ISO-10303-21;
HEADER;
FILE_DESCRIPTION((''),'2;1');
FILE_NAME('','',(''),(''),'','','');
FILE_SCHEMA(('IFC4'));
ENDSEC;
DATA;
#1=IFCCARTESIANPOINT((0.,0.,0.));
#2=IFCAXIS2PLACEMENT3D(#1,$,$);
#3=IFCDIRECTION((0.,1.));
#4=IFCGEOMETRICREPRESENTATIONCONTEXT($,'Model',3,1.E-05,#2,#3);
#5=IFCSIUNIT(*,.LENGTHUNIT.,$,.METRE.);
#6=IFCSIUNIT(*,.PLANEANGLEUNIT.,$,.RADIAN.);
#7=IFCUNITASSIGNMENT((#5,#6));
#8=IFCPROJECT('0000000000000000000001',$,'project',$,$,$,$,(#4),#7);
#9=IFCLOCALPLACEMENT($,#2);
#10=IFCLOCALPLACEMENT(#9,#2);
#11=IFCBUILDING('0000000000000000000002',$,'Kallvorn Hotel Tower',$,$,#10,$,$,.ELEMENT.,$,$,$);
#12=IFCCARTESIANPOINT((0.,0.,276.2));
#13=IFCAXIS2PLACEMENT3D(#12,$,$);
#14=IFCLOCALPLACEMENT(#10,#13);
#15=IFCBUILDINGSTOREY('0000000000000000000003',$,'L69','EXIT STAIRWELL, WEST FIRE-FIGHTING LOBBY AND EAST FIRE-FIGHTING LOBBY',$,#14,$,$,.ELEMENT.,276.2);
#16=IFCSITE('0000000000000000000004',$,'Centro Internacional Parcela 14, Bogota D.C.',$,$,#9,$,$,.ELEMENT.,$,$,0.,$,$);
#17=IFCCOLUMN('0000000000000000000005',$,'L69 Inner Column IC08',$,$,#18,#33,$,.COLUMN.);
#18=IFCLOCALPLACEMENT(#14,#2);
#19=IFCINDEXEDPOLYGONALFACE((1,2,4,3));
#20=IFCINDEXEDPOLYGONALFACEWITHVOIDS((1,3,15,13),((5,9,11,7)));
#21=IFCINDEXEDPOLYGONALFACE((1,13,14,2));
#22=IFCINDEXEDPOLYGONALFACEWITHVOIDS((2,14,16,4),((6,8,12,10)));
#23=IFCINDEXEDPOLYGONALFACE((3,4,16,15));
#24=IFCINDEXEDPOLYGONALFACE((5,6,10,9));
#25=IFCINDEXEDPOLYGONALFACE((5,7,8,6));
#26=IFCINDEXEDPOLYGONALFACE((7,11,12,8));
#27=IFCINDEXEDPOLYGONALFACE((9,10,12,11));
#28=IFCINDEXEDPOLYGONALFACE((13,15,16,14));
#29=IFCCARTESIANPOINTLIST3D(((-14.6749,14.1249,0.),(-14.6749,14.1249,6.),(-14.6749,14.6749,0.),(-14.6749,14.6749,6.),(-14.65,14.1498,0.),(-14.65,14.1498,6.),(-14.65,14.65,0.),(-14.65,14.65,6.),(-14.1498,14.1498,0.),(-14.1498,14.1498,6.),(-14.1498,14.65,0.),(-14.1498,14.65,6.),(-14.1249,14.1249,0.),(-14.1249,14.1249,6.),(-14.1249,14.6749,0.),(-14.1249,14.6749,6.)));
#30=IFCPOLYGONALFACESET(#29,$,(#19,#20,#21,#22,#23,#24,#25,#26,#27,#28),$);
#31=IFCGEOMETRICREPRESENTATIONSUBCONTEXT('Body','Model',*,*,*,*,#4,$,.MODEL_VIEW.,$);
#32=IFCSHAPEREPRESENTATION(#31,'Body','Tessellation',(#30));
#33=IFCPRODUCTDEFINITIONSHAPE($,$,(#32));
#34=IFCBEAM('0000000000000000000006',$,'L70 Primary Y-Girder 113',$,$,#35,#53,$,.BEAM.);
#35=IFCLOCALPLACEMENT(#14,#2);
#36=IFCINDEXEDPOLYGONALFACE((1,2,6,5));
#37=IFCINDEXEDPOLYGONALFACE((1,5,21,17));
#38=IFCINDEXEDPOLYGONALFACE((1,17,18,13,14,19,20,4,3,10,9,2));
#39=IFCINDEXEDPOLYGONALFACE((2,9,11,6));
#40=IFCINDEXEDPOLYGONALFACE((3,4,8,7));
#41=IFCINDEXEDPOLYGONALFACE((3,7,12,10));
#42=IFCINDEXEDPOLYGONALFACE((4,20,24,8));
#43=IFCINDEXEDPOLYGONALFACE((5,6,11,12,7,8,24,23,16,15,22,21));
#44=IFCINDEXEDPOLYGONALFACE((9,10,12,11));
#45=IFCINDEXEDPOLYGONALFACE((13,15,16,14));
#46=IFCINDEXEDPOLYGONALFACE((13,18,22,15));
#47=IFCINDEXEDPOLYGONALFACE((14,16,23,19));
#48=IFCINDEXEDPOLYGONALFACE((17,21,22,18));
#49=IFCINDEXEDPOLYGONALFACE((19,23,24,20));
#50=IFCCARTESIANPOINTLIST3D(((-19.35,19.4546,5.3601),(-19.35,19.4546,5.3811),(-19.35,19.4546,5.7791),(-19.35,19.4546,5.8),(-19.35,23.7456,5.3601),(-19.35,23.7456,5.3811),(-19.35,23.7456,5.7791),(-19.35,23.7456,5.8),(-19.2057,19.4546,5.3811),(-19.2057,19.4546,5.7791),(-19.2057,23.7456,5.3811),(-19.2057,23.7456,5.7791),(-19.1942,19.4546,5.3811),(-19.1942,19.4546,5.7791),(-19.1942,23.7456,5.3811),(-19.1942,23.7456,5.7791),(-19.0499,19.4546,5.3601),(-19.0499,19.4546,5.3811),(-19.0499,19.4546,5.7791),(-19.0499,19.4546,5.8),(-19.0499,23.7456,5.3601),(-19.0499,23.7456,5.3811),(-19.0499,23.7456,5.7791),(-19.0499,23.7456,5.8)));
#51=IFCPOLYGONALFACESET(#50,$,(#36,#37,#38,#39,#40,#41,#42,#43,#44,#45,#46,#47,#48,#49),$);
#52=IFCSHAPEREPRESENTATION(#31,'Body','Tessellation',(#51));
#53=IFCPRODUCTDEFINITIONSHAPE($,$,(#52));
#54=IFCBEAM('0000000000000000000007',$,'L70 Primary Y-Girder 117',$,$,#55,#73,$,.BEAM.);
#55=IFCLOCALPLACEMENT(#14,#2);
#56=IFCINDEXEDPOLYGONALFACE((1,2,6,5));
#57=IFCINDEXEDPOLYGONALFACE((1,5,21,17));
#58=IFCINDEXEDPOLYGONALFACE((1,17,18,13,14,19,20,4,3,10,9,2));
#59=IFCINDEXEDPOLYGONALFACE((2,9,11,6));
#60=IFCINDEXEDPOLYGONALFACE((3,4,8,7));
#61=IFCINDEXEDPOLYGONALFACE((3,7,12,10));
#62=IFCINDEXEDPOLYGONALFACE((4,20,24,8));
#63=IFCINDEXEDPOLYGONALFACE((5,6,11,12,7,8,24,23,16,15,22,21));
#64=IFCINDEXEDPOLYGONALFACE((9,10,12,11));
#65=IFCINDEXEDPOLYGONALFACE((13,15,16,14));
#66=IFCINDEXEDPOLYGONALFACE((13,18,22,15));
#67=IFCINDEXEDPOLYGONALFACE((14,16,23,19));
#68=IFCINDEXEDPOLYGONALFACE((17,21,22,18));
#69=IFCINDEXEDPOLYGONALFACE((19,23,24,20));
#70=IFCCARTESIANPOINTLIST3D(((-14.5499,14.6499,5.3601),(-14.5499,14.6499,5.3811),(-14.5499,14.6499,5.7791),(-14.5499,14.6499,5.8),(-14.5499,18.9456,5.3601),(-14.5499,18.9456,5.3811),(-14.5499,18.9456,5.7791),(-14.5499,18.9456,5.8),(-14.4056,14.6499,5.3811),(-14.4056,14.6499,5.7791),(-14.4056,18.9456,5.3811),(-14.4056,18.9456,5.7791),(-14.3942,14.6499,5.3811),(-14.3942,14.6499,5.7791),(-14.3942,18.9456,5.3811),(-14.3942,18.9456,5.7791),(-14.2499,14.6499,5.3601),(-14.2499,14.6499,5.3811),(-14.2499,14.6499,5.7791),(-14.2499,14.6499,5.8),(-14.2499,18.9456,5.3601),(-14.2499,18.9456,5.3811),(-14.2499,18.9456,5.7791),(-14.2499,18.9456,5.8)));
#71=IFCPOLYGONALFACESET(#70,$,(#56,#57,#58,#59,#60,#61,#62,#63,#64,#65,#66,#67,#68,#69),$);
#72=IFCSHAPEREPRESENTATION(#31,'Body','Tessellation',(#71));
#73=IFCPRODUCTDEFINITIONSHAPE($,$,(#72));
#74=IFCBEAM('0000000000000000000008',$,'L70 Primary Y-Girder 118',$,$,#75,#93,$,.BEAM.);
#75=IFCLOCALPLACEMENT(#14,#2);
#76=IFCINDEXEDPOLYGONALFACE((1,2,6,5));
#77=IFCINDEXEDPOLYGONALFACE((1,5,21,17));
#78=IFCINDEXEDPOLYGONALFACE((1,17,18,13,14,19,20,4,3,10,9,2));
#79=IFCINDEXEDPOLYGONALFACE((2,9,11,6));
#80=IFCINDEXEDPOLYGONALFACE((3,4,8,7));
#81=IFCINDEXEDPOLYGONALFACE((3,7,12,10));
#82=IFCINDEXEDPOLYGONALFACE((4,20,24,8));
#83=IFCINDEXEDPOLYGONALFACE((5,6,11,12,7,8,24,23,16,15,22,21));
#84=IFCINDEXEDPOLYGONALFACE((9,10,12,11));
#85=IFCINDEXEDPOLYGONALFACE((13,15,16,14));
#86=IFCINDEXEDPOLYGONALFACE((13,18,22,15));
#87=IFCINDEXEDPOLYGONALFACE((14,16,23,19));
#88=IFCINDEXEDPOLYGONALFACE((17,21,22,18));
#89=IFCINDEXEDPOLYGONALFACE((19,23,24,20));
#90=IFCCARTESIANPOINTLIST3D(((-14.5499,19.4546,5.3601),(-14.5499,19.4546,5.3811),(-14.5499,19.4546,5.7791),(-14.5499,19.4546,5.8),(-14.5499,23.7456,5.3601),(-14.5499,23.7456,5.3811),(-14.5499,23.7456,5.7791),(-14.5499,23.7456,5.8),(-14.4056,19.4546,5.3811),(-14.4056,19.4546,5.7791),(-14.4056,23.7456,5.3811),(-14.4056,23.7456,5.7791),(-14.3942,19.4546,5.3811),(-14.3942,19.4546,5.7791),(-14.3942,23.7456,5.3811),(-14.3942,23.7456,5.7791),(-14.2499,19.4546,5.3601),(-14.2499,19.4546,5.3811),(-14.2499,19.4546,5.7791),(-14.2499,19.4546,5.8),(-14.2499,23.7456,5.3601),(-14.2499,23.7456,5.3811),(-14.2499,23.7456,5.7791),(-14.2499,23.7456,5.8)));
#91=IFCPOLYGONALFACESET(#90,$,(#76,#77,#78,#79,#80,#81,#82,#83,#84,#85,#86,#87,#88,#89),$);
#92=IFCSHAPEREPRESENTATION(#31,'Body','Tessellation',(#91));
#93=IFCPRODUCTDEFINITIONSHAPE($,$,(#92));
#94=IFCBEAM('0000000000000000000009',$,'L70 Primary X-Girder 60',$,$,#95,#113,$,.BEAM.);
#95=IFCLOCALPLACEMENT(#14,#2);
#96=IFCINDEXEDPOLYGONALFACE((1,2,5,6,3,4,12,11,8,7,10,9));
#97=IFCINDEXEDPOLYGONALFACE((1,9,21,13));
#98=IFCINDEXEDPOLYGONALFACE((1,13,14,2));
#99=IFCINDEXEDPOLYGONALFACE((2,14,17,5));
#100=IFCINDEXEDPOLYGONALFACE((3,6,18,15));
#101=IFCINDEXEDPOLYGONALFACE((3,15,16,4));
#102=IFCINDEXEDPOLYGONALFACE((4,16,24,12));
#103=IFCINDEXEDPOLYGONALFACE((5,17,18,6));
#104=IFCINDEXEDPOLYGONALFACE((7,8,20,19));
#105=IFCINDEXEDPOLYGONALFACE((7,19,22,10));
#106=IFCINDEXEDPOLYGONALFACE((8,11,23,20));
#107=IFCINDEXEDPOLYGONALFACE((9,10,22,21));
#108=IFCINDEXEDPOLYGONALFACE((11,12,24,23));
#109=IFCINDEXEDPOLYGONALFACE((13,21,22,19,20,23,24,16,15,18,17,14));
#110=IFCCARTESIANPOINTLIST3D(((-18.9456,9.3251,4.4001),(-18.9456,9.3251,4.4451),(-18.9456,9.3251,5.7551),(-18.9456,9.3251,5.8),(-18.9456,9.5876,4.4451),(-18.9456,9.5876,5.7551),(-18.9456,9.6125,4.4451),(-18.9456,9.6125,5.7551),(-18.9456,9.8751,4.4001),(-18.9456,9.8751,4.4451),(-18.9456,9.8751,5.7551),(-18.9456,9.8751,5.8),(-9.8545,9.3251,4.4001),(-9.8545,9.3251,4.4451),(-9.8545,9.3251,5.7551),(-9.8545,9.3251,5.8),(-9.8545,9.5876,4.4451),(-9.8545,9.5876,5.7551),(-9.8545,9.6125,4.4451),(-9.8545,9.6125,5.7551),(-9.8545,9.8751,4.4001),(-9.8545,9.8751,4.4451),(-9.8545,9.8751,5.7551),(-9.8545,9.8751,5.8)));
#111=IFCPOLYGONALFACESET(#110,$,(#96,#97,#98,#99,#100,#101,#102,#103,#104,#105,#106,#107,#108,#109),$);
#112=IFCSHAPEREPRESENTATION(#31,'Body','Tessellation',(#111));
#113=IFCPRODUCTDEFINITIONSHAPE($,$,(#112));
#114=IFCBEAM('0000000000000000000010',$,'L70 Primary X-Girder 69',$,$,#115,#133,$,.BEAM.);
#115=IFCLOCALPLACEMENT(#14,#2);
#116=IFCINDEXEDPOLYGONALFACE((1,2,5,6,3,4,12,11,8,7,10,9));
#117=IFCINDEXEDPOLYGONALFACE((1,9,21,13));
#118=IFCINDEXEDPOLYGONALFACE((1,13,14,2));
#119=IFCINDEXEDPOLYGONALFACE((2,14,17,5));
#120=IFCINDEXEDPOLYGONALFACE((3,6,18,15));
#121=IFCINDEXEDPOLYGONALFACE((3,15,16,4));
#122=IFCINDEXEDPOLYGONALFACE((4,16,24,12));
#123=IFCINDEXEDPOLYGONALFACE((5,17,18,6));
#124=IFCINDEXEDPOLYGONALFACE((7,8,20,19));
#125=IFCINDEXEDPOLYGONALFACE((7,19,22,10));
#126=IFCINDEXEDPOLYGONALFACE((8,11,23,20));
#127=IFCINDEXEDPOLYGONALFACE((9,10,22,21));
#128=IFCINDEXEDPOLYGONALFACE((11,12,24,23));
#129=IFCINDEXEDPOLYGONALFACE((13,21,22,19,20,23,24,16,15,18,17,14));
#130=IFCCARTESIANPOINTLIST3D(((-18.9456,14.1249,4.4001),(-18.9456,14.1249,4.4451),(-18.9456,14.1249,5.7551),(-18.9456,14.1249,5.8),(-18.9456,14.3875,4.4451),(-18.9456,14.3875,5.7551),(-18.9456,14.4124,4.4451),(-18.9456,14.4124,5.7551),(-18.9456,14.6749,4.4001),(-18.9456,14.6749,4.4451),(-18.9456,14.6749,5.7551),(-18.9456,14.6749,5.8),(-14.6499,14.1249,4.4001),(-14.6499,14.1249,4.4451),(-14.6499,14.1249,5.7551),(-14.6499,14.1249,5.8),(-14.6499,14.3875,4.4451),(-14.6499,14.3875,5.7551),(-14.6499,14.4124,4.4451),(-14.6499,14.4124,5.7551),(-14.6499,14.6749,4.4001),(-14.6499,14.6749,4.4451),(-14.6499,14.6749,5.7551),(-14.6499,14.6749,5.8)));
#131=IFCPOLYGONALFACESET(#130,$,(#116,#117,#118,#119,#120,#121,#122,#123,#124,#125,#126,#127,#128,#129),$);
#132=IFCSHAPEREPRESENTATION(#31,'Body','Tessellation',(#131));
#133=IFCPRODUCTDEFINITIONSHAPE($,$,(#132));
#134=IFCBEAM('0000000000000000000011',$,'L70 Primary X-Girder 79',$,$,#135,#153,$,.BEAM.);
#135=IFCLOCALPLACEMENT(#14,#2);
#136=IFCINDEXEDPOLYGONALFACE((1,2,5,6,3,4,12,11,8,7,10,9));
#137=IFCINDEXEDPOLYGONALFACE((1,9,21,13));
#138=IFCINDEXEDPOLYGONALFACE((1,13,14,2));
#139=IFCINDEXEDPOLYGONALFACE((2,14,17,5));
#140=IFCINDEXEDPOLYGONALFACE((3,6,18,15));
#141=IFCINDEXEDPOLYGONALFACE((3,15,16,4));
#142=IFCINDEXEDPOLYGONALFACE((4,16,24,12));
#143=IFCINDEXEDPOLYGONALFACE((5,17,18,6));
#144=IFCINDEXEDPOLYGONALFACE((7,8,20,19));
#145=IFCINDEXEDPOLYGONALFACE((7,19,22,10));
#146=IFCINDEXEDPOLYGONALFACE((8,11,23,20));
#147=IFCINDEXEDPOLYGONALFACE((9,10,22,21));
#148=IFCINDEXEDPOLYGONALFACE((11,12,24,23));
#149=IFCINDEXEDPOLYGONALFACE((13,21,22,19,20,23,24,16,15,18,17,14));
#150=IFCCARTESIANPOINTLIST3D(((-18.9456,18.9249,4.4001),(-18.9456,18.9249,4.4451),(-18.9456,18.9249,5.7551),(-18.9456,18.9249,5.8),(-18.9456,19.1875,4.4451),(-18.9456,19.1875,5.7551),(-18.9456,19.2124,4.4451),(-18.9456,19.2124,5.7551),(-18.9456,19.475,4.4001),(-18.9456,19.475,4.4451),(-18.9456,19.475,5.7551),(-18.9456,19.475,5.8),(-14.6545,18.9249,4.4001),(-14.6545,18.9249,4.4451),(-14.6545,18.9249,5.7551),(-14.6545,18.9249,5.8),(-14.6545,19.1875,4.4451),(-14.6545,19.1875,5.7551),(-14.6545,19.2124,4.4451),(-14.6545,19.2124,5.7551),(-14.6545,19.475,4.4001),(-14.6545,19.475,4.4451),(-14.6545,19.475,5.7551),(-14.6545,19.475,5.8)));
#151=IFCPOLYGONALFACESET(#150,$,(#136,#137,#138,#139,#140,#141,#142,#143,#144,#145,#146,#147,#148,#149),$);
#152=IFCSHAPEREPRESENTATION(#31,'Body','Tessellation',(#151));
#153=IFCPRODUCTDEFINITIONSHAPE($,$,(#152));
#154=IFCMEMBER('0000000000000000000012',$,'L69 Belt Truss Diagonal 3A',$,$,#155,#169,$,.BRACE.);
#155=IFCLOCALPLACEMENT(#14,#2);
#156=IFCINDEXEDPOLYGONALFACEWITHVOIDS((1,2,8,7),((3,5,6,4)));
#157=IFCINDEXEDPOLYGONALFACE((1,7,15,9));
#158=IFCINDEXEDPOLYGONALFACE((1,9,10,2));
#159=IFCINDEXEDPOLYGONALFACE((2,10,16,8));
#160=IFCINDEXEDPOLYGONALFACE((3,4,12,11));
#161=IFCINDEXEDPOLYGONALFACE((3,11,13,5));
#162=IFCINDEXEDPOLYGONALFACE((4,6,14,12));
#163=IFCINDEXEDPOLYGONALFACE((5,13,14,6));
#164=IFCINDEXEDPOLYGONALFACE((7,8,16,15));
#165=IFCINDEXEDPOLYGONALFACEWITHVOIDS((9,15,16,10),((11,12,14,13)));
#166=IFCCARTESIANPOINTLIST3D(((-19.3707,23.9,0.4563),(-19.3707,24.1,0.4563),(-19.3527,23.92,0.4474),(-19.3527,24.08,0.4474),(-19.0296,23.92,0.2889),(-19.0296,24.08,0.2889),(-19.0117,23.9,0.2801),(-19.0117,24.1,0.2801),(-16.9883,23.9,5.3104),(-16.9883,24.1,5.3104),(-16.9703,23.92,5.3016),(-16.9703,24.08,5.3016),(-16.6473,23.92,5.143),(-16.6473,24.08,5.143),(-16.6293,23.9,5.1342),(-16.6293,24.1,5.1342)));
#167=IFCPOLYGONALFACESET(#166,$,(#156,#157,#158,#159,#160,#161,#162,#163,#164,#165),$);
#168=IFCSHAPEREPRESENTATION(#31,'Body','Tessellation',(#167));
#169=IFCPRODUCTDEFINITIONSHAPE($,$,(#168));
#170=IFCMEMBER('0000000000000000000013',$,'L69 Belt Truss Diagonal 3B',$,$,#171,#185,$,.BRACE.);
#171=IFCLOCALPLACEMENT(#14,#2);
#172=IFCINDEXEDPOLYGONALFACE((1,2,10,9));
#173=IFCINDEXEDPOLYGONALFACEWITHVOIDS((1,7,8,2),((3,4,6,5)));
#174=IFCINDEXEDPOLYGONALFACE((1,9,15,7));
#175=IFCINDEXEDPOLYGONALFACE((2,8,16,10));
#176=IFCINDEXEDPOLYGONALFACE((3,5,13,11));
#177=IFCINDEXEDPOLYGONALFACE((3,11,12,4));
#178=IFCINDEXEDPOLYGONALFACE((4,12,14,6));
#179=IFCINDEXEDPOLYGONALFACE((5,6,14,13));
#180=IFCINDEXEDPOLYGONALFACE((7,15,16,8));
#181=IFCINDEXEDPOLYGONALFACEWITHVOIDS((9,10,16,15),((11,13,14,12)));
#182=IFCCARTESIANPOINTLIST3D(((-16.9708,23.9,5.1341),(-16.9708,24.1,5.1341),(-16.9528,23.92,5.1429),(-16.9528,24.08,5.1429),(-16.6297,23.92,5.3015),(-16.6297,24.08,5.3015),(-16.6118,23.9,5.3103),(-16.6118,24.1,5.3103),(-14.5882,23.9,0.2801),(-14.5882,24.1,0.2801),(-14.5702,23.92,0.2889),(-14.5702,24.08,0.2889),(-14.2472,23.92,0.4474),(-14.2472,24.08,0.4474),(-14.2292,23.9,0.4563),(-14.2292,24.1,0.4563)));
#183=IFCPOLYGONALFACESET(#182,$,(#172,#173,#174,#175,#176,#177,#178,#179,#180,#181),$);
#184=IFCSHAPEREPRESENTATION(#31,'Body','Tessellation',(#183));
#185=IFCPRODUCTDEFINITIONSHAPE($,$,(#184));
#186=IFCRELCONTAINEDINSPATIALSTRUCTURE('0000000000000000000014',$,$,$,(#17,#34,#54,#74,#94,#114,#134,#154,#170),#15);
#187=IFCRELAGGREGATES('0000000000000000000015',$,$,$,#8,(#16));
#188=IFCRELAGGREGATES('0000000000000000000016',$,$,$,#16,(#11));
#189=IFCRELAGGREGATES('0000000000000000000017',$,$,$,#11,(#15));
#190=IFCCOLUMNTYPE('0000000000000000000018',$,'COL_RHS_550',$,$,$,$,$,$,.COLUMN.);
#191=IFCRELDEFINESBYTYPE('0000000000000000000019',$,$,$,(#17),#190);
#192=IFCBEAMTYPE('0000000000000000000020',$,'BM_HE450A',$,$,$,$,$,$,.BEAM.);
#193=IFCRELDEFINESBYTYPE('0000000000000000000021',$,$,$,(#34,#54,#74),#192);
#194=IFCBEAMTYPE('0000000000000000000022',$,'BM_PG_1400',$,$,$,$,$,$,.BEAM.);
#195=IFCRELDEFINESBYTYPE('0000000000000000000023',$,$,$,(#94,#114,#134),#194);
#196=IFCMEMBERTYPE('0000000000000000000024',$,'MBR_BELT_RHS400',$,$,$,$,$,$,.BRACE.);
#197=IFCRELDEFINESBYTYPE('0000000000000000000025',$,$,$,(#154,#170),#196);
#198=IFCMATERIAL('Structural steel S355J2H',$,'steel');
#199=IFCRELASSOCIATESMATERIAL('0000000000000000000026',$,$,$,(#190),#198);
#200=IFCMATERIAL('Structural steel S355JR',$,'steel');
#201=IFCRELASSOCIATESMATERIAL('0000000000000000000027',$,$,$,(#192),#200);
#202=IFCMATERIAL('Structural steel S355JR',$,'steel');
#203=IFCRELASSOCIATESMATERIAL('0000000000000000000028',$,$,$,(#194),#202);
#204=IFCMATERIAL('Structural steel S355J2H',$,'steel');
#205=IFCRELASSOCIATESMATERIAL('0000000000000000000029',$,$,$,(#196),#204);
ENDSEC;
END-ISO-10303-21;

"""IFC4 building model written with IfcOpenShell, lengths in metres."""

from ifc_helpers import new_model, si_unit, direction, frame, origin, origin_2d, place, context, subcontext, project, spatial, hollow_rectangle, i_section, extrude, material, material_profile, profile_set, type_object, element, save


model = new_model("IFC4")

# Units and contexts
model_context = context("Model", 3, precision=1e-05, world=origin(), true_north=direction((0.0, 1.0)))
body_context = subcontext(model_context, "Body", "Model", "MODEL_VIEW")
ifc_project = project(units=[si_unit("LENGTHUNIT", "METRE"), si_unit("PLANEANGLEUNIT", "RADIAN")], contexts=[model_context])

# Site, building, storey
site_placement = place(None, origin())
site = spatial("IfcSite", under=ifc_project, at=site_placement, Name="Centro Internacional Parcela 14, Bogota D.C.", CompositionType="ELEMENT", RefElevation=0.0)
building_placement = place(site_placement, origin())
building = spatial("IfcBuilding", under=site, at=building_placement, Name="Kallvorn Hotel Tower", CompositionType="ELEMENT")
storey_placement = place(building_placement, frame((0.0, 0.0, 276.2)))
storey = spatial("IfcBuildingStorey", under=building, at=storey_placement, Name="L69", Description="EXIT STAIRWELL, WEST FIRE-FIGHTING LOBBY AND EAST FIRE-FIGHTING LOBBY", CompositionType="ELEMENT", Elevation=276.2)

# Column
ifc_material_1 = material(Name="Structural steel S355J2H", Category="steel")
ifc_material_profile_1 = material_profile(ifc_material_1, hollow_rectangle(XDim=0.55, YDim=0.55, WallThickness=0.0249, at=origin_2d()), Name="RHS 550x550x25")
ifc_profile_set_1 = profile_set([ifc_material_profile_1], Name="Structural steel S355J2H")
column_type_1 = type_object("IfcColumnType", Name="COL_RHS_550", PredefinedType="COLUMN", material=ifc_profile_set_1)
column_placement = place(storey_placement, frame((-14.3999, 14.3999, 0.0), z_axis=(0.0, 0.0, 1.0), x_axis=(1.0, 0.0, 0.0)))
element("IfcColumn", 1, at=column_placement, inside=storey, type_object=column_type_1, Name="L69 Inner Column IC08", PredefinedType="COLUMN", context=body_context, shape_type="SweptSolid", body=[
    extrude(hollow_rectangle(XDim=0.55, YDim=0.55, WallThickness=0.0249, at=origin_2d()), origin(), (0.0, 0.0, 1.0), 6.0),
])

# Beams
ifc_material_2 = material(Name="Structural steel S355JR", Category="steel")
ifc_material_profile_2 = material_profile(ifc_material_2, i_section(OverallWidth=0.3, OverallDepth=0.4399, WebThickness=0.0115, FlangeThickness=0.021, at=origin_2d()), Name="HE 450 A")
ifc_profile_set_2 = profile_set([ifc_material_profile_2], Name="Structural steel S355JR")
beam_type_1 = type_object("IfcBeamType", Name="BM_HE450A", PredefinedType="BEAM", material=ifc_profile_set_2)
beam_1_placement = place(storey_placement, frame((-19.2, 19.4546, 5.5801), z_axis=(0.0, 1.0, 0.0), x_axis=(-1.0, 0.0, 0.0)))
element("IfcBeam", 2, at=beam_1_placement, inside=storey, type_object=beam_type_1, Name="L70 Primary Y-Girder 113", PredefinedType="BEAM", context=body_context, shape_type="SweptSolid", body=[
    extrude(i_section(OverallWidth=0.3, OverallDepth=0.4399, WebThickness=0.0115, FlangeThickness=0.021, at=origin_2d()), origin(), (0.0, 0.0, 1.0), 4.291),
])
beam_2_placement = place(storey_placement, frame((-14.3999, 14.6499, 5.5801), z_axis=(0.0, 1.0, 0.0), x_axis=(-1.0, 0.0, 0.0)))
element("IfcBeam", 3, at=beam_2_placement, inside=storey, type_object=beam_type_1, Name="L70 Primary Y-Girder 117", PredefinedType="BEAM", context=body_context, shape_type="SweptSolid", body=[
    extrude(i_section(OverallWidth=0.3, OverallDepth=0.4399, WebThickness=0.0115, FlangeThickness=0.021, at=origin_2d()), origin(), (0.0, 0.0, 1.0), 4.2957),
])
beam_3_placement = place(storey_placement, frame((-14.3999, 19.4546, 5.5801), z_axis=(0.0, 1.0, 0.0), x_axis=(-1.0, 0.0, 0.0)))
element("IfcBeam", 4, at=beam_3_placement, inside=storey, type_object=beam_type_1, Name="L70 Primary Y-Girder 118", PredefinedType="BEAM", context=body_context, shape_type="SweptSolid", body=[
    extrude(i_section(OverallWidth=0.3, OverallDepth=0.4399, WebThickness=0.0115, FlangeThickness=0.021, at=origin_2d()), origin(), (0.0, 0.0, 1.0), 4.291),
])
ifc_material_3 = material(Name="Structural steel S355JR", Category="steel")
ifc_material_profile_3 = material_profile(ifc_material_3, i_section(OverallWidth=0.55, OverallDepth=1.3999, WebThickness=0.0249, FlangeThickness=0.0449, at=origin_2d()), Name="PG 1400x550x25x45")
ifc_profile_set_3 = profile_set([ifc_material_profile_3], Name="Structural steel S355JR")
beam_type_2 = type_object("IfcBeamType", Name="BM_PG_1400", PredefinedType="BEAM", material=ifc_profile_set_3)
beam_4_placement = place(storey_placement, frame((-18.9456, 9.6001, 5.1001), z_axis=(1.0, 0.0, 0.0), x_axis=(0.0, 1.0, 0.0)))
element("IfcBeam", 5, at=beam_4_placement, inside=storey, type_object=beam_type_2, Name="L70 Primary X-Girder 60", PredefinedType="BEAM", context=body_context, shape_type="SweptSolid", body=[
    extrude(i_section(OverallWidth=0.55, OverallDepth=1.3999, WebThickness=0.0249, FlangeThickness=0.0449, at=origin_2d()), origin(), (0.0, 0.0, 1.0), 9.0911),
])
beam_5_placement = place(storey_placement, frame((-18.9456, 14.3999, 5.1001), z_axis=(1.0, 0.0, 0.0), x_axis=(0.0, 1.0, 0.0)))
element("IfcBeam", 6, at=beam_5_placement, inside=storey, type_object=beam_type_2, Name="L70 Primary X-Girder 69", PredefinedType="BEAM", context=body_context, shape_type="SweptSolid", body=[
    extrude(i_section(OverallWidth=0.55, OverallDepth=1.3999, WebThickness=0.0249, FlangeThickness=0.0449, at=origin_2d()), origin(), (0.0, 0.0, 1.0), 4.2957),
])
beam_6_placement = place(storey_placement, frame((-18.9456, 19.2, 5.1001), z_axis=(1.0, 0.0, 0.0), x_axis=(0.0, 1.0, 0.0)))
element("IfcBeam", 7, at=beam_6_placement, inside=storey, type_object=beam_type_2, Name="L70 Primary X-Girder 79", PredefinedType="BEAM", context=body_context, shape_type="SweptSolid", body=[
    extrude(i_section(OverallWidth=0.55, OverallDepth=1.3999, WebThickness=0.0249, FlangeThickness=0.0449, at=origin_2d()), origin(), (0.0, 0.0, 1.0), 4.291),
])

# Members
ifc_material_4 = material(Name="Structural steel S355J2H", Category="steel")
ifc_material_profile_4 = material_profile(ifc_material_4, hollow_rectangle(XDim=0.2, YDim=0.3999, WallThickness=0.02, at=origin_2d()), Name="RHS 400x200x20")
ifc_profile_set_4 = profile_set([ifc_material_profile_4], Name="Structural steel S355J2H")
member_type_1 = type_object("IfcMemberType", Name="MBR_BELT_RHS400", PredefinedType="BRACE", material=ifc_profile_set_4)
for number, where, z_axis, x_axis, name in (
    (8, (-19.1912, 24.0, 0.3682), (0.440591, 0.0, 0.897708), (0.0, 1.0, 0.0), "L69 Belt Truss Diagonal 3A"),
    (9, (-14.4087, 24.0, 0.3682), (-0.440628, 0.0, 0.89769), (0.0, -1.0, 0.0), "L69 Belt Truss Diagonal 3B"),
):
    element("IfcMember", number, at=place(storey_placement, frame(where, z_axis=z_axis, x_axis=x_axis)), inside=storey, type_object=member_type_1, Name=name, PredefinedType="BRACE", context=body_context, shape_type="SweptSolid", body=[
        extrude(hollow_rectangle(XDim=0.2, YDim=0.3999, WallThickness=0.02, at=origin_2d()), origin(), (0.0, 0.0, 1.0), 5.4072),
    ])

save(model, "model.ifc")
